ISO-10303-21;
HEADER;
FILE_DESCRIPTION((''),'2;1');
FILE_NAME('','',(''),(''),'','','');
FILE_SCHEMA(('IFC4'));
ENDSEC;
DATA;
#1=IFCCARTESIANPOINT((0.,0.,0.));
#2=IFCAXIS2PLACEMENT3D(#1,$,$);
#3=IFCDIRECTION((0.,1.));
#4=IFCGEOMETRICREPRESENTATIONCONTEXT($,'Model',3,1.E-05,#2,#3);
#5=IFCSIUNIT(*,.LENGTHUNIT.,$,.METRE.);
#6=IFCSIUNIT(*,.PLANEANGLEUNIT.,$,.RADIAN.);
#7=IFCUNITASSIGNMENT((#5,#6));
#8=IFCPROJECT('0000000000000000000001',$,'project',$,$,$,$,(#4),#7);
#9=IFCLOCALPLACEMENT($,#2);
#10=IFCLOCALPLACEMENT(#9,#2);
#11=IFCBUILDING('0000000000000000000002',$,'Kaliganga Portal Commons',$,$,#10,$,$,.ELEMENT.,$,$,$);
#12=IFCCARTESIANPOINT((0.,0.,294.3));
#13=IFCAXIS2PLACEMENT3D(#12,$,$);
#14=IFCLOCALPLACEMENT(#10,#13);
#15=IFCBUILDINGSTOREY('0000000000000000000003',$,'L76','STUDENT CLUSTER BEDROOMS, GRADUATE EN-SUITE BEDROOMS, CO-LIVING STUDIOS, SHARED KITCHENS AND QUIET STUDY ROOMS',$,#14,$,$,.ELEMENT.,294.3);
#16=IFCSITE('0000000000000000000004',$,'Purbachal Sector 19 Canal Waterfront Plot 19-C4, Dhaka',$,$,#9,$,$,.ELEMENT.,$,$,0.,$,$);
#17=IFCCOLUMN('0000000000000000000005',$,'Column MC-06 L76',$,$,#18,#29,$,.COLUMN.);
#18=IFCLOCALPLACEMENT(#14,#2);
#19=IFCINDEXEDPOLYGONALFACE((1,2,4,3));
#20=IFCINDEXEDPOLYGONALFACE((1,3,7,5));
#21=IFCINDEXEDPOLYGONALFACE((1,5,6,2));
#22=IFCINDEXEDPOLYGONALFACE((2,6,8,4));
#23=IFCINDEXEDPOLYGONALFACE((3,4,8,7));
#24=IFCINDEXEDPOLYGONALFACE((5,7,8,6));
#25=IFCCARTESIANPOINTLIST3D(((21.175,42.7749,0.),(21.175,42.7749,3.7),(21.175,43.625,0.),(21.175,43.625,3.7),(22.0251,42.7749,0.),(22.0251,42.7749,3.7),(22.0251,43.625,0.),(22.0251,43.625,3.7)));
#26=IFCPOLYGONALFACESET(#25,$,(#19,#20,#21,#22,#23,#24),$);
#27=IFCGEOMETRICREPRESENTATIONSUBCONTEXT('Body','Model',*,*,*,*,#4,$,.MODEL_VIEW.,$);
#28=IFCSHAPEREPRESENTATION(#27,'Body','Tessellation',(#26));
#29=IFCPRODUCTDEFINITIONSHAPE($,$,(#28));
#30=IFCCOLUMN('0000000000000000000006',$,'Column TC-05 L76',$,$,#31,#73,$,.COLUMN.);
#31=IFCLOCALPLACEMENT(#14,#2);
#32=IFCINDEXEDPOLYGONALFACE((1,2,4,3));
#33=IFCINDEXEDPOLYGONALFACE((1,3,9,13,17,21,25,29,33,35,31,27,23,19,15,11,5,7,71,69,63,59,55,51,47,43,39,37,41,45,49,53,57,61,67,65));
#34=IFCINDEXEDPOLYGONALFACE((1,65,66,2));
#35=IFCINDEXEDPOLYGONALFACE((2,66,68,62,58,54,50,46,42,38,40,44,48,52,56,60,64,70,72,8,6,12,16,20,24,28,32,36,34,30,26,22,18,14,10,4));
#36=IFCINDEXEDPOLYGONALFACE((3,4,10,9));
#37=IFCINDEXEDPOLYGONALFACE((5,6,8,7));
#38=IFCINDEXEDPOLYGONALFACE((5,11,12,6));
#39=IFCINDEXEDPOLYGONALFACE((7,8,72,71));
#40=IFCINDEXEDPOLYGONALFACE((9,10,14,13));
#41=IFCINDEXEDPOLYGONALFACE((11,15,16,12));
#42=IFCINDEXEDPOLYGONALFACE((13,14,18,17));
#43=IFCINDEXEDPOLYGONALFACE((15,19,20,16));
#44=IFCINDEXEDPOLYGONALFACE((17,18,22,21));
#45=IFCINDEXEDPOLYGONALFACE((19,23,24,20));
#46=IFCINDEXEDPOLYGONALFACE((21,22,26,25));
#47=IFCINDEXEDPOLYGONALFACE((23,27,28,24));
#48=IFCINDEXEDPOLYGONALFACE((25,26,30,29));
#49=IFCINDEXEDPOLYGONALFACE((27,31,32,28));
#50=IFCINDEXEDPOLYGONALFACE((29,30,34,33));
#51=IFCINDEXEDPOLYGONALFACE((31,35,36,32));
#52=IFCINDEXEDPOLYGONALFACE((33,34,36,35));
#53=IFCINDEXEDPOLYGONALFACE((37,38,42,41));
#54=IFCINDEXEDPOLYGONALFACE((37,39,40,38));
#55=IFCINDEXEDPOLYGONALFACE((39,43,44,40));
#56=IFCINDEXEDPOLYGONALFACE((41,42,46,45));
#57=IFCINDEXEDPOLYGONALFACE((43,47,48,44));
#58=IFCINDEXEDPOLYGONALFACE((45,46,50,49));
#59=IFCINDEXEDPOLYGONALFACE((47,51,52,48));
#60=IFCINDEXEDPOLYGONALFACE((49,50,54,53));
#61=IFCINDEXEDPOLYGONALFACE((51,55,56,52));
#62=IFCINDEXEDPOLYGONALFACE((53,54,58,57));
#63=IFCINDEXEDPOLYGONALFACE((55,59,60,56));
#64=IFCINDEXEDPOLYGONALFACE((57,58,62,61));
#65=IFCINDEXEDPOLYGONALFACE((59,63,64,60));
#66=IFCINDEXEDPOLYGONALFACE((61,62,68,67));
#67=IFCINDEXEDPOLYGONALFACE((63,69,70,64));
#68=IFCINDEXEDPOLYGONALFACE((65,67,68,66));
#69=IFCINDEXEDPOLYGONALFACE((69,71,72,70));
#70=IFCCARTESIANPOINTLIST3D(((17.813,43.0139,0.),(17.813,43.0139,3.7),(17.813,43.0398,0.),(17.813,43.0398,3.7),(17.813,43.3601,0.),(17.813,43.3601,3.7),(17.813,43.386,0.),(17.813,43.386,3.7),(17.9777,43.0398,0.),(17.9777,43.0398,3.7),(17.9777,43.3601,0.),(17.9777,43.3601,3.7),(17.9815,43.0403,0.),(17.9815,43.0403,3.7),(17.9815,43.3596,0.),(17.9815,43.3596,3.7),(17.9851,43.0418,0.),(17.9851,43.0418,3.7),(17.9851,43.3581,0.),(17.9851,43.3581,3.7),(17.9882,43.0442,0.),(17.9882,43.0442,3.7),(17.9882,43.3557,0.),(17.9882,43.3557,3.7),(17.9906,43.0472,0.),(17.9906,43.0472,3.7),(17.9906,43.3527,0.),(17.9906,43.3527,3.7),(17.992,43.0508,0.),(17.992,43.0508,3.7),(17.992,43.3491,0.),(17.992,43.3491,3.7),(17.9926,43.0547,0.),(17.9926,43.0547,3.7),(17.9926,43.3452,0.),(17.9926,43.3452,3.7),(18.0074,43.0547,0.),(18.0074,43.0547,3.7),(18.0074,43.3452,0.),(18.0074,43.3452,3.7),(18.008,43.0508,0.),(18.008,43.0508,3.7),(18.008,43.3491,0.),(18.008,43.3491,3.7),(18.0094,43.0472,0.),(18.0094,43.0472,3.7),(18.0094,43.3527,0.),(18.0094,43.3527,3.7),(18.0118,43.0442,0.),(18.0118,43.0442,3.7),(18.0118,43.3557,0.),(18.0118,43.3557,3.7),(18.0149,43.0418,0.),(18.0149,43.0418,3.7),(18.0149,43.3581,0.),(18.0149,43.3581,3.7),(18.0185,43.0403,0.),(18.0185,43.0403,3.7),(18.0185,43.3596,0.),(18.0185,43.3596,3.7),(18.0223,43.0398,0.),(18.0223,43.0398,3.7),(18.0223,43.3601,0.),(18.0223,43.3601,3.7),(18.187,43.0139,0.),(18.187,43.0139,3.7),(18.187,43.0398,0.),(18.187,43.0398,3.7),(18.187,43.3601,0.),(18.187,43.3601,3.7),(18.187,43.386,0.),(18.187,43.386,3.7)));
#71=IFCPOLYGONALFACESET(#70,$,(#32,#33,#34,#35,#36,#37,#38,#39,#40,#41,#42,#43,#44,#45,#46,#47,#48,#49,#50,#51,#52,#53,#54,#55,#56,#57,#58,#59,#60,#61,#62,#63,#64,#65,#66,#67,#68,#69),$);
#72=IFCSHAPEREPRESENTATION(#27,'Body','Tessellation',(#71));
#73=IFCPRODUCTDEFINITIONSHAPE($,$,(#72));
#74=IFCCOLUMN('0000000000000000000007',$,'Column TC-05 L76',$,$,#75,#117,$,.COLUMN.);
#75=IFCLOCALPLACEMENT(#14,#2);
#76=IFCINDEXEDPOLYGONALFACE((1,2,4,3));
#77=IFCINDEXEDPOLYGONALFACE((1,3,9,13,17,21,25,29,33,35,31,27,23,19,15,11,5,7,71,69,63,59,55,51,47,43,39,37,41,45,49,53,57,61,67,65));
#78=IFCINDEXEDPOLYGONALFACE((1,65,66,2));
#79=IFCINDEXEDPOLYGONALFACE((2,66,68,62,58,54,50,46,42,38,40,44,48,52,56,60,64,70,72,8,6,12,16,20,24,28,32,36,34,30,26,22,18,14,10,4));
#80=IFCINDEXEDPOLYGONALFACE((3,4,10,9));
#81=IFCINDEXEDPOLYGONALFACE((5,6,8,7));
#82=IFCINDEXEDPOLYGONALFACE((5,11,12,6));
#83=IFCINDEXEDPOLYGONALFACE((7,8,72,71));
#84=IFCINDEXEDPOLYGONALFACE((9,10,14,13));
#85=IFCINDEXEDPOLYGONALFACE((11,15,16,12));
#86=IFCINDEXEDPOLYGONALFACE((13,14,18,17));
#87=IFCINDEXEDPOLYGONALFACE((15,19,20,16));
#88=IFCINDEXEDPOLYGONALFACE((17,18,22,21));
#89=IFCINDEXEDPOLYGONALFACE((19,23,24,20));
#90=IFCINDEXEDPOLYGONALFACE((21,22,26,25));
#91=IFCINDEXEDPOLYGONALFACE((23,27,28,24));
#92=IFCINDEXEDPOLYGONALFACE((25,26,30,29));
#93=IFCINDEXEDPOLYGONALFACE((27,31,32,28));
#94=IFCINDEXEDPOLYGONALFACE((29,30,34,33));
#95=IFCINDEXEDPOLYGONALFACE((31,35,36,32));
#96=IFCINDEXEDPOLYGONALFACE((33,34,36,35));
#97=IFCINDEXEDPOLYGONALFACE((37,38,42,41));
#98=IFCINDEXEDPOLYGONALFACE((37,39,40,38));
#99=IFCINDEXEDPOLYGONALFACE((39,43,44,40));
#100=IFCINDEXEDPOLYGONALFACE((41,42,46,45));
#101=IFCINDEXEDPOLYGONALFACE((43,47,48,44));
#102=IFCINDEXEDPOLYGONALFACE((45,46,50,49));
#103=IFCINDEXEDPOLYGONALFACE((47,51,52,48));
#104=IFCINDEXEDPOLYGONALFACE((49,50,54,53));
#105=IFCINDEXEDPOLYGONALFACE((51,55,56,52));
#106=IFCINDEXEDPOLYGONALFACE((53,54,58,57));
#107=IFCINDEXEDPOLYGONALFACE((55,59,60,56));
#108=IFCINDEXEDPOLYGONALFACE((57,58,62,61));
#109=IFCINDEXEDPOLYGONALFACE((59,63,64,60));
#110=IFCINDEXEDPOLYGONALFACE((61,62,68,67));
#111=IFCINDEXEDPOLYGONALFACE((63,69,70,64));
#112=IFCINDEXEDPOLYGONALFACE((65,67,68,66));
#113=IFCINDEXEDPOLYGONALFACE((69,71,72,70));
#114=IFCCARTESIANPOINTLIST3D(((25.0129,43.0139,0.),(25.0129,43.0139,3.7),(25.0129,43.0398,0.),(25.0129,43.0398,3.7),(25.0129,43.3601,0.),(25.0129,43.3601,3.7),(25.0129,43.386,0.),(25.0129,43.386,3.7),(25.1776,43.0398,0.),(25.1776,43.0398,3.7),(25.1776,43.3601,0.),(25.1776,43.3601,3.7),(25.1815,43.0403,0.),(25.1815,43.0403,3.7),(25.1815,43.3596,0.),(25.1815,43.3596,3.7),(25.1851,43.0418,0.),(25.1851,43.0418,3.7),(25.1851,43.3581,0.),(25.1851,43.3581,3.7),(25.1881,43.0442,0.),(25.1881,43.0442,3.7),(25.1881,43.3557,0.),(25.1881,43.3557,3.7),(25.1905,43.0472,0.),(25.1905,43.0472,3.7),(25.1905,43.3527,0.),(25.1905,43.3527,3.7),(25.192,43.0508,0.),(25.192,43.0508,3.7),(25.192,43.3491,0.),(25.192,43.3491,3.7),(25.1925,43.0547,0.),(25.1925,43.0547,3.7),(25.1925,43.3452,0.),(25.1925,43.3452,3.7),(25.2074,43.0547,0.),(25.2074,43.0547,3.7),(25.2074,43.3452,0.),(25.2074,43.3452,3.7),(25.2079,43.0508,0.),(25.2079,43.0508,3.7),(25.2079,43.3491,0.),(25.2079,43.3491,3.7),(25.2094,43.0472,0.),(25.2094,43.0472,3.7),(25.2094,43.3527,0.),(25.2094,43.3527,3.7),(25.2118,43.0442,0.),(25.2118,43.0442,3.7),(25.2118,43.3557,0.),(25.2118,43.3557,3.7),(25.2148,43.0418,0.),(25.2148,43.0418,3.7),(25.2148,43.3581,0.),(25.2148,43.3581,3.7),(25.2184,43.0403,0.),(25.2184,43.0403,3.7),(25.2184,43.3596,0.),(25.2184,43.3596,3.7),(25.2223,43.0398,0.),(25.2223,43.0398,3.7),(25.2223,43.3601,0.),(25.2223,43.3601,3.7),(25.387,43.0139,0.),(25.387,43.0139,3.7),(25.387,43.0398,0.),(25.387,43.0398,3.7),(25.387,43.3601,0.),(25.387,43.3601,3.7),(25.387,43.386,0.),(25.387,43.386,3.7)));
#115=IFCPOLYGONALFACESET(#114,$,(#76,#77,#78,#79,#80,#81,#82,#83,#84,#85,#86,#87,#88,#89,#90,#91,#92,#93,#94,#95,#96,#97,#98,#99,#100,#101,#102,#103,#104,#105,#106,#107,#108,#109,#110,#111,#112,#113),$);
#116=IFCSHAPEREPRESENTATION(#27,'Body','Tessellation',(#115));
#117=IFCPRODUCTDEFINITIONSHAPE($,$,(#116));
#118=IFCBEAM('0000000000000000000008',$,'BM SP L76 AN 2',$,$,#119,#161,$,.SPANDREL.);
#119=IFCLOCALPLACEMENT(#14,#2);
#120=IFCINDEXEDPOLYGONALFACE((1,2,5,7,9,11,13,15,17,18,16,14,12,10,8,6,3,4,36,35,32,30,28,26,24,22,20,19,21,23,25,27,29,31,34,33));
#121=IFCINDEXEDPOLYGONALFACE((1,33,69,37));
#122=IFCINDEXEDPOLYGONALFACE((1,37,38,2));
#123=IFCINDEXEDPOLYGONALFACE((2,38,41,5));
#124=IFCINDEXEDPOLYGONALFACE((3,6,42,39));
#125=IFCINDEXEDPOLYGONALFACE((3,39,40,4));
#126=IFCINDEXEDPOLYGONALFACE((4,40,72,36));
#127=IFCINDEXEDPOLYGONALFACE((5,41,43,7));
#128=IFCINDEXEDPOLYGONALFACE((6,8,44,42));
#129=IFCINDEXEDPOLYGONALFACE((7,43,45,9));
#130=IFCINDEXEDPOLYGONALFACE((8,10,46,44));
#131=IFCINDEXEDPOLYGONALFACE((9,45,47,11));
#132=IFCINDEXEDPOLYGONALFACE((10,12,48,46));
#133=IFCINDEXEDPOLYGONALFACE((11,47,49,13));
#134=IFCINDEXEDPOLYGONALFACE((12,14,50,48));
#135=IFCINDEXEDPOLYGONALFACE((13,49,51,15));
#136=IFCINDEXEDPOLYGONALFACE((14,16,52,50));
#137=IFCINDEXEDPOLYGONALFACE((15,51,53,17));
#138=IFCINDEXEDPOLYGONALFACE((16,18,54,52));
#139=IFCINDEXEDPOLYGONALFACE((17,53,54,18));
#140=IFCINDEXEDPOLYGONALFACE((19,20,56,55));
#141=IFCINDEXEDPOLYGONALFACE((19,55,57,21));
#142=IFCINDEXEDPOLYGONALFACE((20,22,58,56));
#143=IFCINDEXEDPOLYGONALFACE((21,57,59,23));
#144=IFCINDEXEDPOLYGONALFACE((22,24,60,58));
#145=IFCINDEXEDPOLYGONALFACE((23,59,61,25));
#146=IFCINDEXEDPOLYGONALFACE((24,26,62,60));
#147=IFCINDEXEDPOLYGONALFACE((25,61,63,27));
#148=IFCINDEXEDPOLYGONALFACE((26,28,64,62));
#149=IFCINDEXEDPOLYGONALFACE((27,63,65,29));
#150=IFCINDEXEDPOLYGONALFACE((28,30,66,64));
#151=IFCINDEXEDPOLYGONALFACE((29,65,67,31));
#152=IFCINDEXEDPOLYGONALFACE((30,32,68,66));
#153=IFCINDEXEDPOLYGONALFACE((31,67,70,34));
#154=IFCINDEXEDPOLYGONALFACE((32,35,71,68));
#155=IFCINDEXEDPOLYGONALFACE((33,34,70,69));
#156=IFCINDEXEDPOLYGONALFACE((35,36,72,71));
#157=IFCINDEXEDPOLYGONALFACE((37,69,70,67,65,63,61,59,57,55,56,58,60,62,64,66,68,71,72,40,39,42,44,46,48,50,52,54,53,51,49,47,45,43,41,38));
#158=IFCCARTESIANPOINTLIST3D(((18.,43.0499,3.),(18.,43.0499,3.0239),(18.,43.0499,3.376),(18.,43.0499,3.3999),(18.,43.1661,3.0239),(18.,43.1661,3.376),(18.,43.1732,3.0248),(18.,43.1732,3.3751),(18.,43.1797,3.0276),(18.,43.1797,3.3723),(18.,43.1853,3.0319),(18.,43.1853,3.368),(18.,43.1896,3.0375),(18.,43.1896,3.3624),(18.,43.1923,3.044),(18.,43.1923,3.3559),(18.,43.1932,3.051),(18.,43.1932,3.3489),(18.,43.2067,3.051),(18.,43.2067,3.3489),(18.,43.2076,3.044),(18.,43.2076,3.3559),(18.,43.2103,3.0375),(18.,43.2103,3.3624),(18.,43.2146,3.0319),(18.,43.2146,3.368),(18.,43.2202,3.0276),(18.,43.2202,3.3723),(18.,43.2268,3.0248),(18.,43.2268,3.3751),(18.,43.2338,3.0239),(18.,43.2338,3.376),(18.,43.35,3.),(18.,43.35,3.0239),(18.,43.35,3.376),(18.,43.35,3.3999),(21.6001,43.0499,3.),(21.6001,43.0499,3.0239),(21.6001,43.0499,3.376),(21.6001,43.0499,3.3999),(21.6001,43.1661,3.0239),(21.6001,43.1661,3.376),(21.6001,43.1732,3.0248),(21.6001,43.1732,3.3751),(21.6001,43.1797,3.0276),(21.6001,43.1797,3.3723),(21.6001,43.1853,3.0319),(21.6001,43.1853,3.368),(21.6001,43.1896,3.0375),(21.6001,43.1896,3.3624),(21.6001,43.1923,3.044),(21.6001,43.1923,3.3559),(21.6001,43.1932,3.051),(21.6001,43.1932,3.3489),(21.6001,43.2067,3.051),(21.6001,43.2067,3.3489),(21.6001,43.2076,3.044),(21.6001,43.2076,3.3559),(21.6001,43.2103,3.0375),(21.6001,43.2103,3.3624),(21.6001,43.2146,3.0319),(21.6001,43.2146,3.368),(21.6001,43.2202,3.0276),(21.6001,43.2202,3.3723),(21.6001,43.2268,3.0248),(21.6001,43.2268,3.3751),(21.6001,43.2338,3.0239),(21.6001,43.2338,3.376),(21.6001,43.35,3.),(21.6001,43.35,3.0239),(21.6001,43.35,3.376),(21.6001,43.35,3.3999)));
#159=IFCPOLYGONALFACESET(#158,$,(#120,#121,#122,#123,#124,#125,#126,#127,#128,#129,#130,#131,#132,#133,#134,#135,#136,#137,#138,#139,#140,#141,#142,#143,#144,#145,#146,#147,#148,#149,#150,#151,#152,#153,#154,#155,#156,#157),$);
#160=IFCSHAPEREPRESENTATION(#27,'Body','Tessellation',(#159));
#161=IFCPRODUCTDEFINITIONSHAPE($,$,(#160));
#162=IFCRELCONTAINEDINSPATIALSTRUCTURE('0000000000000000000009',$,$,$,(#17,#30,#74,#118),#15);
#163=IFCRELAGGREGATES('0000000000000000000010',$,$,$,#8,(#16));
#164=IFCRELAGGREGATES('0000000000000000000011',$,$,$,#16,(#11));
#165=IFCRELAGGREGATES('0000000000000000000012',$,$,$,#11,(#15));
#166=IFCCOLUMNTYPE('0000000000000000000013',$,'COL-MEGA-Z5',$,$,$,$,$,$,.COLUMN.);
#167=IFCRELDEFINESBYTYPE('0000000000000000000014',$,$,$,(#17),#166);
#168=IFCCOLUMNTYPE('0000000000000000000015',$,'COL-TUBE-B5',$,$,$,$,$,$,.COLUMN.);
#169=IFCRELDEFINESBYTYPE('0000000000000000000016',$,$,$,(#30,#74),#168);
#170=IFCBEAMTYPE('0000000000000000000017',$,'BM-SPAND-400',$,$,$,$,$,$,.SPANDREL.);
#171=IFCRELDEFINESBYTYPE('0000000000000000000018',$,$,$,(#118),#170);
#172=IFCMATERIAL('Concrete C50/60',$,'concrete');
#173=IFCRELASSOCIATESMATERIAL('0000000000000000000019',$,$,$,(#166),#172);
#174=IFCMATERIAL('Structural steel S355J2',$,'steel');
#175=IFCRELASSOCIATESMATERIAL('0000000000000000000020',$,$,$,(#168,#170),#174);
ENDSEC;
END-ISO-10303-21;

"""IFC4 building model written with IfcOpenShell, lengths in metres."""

from ifc_helpers import new_model, si_unit, direction, frame, origin, origin_2d, place, context, subcontext, project, spatial, rectangle, i_section, extrude, source, transform, mapped, material, material_profile, profile_set, type_object, element, save


model = new_model("IFC4")

# Units and contexts
model_context = context("Model", 3, precision=1e-05, world=origin(), true_north=direction((0.0, 1.0)))
body_context = subcontext(model_context, "Body", "Model", "MODEL_VIEW")
ifc_project = project(units=[si_unit("LENGTHUNIT", "METRE"), si_unit("PLANEANGLEUNIT", "RADIAN")], contexts=[model_context])

# Site, building, storey
site_placement = place(None, origin())
site = spatial("IfcSite", under=ifc_project, at=site_placement, Name="Purbachal Sector 19 Canal Waterfront Plot 19-C4, Dhaka", CompositionType="ELEMENT", RefElevation=0.0)
building_placement = place(site_placement, origin())
building = spatial("IfcBuilding", under=site, at=building_placement, Name="Kaliganga Portal Commons", CompositionType="ELEMENT")
storey_placement = place(building_placement, frame((0.0, 0.0, 294.3)))
storey = spatial("IfcBuildingStorey", under=building, at=storey_placement, Name="L76", Description="STUDENT CLUSTER BEDROOMS, GRADUATE EN-SUITE BEDROOMS, CO-LIVING STUDIOS, SHARED KITCHENS AND QUIET STUDY ROOMS", CompositionType="ELEMENT", Elevation=294.3)

# Columns
ifc_material_1 = material(Name="Concrete C50/60", Category="concrete")
ifc_material_profile_1 = material_profile(ifc_material_1, rectangle(XDim=0.8501, YDim=0.8501, at=origin_2d()), Name="RC 850x850")
ifc_profile_set_1 = profile_set([ifc_material_profile_1], Name="Concrete C50/60")
column_type_1 = type_object("IfcColumnType", Name="COL-MEGA-Z5", PredefinedType="COLUMN", material=ifc_profile_set_1)
shared_shape_1 = source(origin(), body_context, "Body", "SweptSolid", [
    extrude(rectangle(XDim=0.8501, YDim=0.8501, at=origin_2d()), origin(), (0.0, 0.0, 1.0), 3.7),
])
column_placement = place(storey_placement, frame((21.6001, 43.2, 0.0), z_axis=(0.0, 0.0, 1.0), x_axis=(1.0, 0.0, 0.0)))
element("IfcColumn", 1, at=column_placement, inside=storey, type_object=column_type_1, Name="Column MC-06 L76", PredefinedType="COLUMN", context=body_context, shape_type="MappedRepresentation", body=[
    mapped(shared_shape_1, transform((0.0, 0.0, 0.0), x_axis=(1.0, 0.0, 0.0), y_axis=(0.0, 1.0, 0.0), z_axis=(0.0, 0.0, 1.0), scale=1.0)),
])
ifc_material_2 = material(Name="Structural steel S355J2", Category="steel")
ifc_material_profile_2 = material_profile(ifc_material_2, i_section(OverallWidth=0.374, OverallDepth=0.3721, WebThickness=0.0149, FlangeThickness=0.0259, FilletRadius=0.0149, at=origin_2d()), Name="HD 360x196")
ifc_profile_set_2 = profile_set([ifc_material_profile_2], Name="Structural steel S355J2 wide-flange")
column_type_2 = type_object("IfcColumnType", Name="COL-TUBE-B5", PredefinedType="COLUMN", material=ifc_profile_set_2)
shared_shape_2 = source(origin(), body_context, "Body", "SweptSolid", [
    extrude(i_section(OverallWidth=0.374, OverallDepth=0.3721, WebThickness=0.0149, FlangeThickness=0.0259, FilletRadius=0.0149, at=origin_2d()), origin(), (0.0, 0.0, 1.0), 3.7),
])
for number, where, z_axis, x_axis, name in (
    (2, (18.0, 43.2, 0.0), (0.0, 0.0, 1.0), (1.0, 0.0, 0.0), "Column TC-05 L76"),
    (3, (25.2, 43.2, 0.0), (0.0, 0.0, 1.0), (1.0, 0.0, 0.0), "Column TC-05 L76"),
):
    element("IfcColumn", number, at=place(storey_placement, frame(where, z_axis=z_axis, x_axis=x_axis)), inside=storey, type_object=column_type_2, Name=name, PredefinedType="COLUMN", context=body_context, shape_type="MappedRepresentation", body=[
        mapped(shared_shape_2, transform((0.0, 0.0, 0.0), x_axis=(1.0, 0.0, 0.0), y_axis=(0.0, 1.0, 0.0), z_axis=(0.0, 0.0, 1.0), scale=1.0)),
    ])

# Beam
ifc_material_profile_3 = material_profile(ifc_material_2, i_section(OverallWidth=0.3, OverallDepth=0.3999, WebThickness=0.0134, FlangeThickness=0.0239, FilletRadius=0.0271, at=origin_2d()), Name="HE 400 B")
ifc_profile_set_3 = profile_set([ifc_material_profile_3], Name="Structural steel S355J2 wide-flange")
beam_type = type_object("IfcBeamType", Name="BM-SPAND-400", PredefinedType="SPANDREL", material=ifc_profile_set_3)
shared_shape_3 = source(origin(), body_context, "Body", "SweptSolid", [
    extrude(i_section(OverallWidth=0.3, OverallDepth=0.3999, WebThickness=0.0134, FlangeThickness=0.0239, FilletRadius=0.0271, at=origin_2d()), origin(), (0.0, 0.0, 1.0), 3.6001),
])
for number, where, z_axis, x_axis, name in (
    (4, (18.0, 43.2, 3.2), (1.0, 0.0, 0.0), (0.0, 1.0, 0.0), "BM SP L76 AN 2"),
):
    element("IfcBeam", number, at=place(storey_placement, frame(where, z_axis=z_axis, x_axis=x_axis)), inside=storey, type_object=beam_type, Name=name, PredefinedType="SPANDREL", context=body_context, shape_type="MappedRepresentation", body=[
        mapped(shared_shape_3, transform((0.0, 0.0, 0.0), x_axis=(1.0, 0.0, 0.0), y_axis=(0.0, 1.0, 0.0), z_axis=(0.0, 0.0, 1.0), scale=1.0)),
    ])

save(model, "model.ifc")
